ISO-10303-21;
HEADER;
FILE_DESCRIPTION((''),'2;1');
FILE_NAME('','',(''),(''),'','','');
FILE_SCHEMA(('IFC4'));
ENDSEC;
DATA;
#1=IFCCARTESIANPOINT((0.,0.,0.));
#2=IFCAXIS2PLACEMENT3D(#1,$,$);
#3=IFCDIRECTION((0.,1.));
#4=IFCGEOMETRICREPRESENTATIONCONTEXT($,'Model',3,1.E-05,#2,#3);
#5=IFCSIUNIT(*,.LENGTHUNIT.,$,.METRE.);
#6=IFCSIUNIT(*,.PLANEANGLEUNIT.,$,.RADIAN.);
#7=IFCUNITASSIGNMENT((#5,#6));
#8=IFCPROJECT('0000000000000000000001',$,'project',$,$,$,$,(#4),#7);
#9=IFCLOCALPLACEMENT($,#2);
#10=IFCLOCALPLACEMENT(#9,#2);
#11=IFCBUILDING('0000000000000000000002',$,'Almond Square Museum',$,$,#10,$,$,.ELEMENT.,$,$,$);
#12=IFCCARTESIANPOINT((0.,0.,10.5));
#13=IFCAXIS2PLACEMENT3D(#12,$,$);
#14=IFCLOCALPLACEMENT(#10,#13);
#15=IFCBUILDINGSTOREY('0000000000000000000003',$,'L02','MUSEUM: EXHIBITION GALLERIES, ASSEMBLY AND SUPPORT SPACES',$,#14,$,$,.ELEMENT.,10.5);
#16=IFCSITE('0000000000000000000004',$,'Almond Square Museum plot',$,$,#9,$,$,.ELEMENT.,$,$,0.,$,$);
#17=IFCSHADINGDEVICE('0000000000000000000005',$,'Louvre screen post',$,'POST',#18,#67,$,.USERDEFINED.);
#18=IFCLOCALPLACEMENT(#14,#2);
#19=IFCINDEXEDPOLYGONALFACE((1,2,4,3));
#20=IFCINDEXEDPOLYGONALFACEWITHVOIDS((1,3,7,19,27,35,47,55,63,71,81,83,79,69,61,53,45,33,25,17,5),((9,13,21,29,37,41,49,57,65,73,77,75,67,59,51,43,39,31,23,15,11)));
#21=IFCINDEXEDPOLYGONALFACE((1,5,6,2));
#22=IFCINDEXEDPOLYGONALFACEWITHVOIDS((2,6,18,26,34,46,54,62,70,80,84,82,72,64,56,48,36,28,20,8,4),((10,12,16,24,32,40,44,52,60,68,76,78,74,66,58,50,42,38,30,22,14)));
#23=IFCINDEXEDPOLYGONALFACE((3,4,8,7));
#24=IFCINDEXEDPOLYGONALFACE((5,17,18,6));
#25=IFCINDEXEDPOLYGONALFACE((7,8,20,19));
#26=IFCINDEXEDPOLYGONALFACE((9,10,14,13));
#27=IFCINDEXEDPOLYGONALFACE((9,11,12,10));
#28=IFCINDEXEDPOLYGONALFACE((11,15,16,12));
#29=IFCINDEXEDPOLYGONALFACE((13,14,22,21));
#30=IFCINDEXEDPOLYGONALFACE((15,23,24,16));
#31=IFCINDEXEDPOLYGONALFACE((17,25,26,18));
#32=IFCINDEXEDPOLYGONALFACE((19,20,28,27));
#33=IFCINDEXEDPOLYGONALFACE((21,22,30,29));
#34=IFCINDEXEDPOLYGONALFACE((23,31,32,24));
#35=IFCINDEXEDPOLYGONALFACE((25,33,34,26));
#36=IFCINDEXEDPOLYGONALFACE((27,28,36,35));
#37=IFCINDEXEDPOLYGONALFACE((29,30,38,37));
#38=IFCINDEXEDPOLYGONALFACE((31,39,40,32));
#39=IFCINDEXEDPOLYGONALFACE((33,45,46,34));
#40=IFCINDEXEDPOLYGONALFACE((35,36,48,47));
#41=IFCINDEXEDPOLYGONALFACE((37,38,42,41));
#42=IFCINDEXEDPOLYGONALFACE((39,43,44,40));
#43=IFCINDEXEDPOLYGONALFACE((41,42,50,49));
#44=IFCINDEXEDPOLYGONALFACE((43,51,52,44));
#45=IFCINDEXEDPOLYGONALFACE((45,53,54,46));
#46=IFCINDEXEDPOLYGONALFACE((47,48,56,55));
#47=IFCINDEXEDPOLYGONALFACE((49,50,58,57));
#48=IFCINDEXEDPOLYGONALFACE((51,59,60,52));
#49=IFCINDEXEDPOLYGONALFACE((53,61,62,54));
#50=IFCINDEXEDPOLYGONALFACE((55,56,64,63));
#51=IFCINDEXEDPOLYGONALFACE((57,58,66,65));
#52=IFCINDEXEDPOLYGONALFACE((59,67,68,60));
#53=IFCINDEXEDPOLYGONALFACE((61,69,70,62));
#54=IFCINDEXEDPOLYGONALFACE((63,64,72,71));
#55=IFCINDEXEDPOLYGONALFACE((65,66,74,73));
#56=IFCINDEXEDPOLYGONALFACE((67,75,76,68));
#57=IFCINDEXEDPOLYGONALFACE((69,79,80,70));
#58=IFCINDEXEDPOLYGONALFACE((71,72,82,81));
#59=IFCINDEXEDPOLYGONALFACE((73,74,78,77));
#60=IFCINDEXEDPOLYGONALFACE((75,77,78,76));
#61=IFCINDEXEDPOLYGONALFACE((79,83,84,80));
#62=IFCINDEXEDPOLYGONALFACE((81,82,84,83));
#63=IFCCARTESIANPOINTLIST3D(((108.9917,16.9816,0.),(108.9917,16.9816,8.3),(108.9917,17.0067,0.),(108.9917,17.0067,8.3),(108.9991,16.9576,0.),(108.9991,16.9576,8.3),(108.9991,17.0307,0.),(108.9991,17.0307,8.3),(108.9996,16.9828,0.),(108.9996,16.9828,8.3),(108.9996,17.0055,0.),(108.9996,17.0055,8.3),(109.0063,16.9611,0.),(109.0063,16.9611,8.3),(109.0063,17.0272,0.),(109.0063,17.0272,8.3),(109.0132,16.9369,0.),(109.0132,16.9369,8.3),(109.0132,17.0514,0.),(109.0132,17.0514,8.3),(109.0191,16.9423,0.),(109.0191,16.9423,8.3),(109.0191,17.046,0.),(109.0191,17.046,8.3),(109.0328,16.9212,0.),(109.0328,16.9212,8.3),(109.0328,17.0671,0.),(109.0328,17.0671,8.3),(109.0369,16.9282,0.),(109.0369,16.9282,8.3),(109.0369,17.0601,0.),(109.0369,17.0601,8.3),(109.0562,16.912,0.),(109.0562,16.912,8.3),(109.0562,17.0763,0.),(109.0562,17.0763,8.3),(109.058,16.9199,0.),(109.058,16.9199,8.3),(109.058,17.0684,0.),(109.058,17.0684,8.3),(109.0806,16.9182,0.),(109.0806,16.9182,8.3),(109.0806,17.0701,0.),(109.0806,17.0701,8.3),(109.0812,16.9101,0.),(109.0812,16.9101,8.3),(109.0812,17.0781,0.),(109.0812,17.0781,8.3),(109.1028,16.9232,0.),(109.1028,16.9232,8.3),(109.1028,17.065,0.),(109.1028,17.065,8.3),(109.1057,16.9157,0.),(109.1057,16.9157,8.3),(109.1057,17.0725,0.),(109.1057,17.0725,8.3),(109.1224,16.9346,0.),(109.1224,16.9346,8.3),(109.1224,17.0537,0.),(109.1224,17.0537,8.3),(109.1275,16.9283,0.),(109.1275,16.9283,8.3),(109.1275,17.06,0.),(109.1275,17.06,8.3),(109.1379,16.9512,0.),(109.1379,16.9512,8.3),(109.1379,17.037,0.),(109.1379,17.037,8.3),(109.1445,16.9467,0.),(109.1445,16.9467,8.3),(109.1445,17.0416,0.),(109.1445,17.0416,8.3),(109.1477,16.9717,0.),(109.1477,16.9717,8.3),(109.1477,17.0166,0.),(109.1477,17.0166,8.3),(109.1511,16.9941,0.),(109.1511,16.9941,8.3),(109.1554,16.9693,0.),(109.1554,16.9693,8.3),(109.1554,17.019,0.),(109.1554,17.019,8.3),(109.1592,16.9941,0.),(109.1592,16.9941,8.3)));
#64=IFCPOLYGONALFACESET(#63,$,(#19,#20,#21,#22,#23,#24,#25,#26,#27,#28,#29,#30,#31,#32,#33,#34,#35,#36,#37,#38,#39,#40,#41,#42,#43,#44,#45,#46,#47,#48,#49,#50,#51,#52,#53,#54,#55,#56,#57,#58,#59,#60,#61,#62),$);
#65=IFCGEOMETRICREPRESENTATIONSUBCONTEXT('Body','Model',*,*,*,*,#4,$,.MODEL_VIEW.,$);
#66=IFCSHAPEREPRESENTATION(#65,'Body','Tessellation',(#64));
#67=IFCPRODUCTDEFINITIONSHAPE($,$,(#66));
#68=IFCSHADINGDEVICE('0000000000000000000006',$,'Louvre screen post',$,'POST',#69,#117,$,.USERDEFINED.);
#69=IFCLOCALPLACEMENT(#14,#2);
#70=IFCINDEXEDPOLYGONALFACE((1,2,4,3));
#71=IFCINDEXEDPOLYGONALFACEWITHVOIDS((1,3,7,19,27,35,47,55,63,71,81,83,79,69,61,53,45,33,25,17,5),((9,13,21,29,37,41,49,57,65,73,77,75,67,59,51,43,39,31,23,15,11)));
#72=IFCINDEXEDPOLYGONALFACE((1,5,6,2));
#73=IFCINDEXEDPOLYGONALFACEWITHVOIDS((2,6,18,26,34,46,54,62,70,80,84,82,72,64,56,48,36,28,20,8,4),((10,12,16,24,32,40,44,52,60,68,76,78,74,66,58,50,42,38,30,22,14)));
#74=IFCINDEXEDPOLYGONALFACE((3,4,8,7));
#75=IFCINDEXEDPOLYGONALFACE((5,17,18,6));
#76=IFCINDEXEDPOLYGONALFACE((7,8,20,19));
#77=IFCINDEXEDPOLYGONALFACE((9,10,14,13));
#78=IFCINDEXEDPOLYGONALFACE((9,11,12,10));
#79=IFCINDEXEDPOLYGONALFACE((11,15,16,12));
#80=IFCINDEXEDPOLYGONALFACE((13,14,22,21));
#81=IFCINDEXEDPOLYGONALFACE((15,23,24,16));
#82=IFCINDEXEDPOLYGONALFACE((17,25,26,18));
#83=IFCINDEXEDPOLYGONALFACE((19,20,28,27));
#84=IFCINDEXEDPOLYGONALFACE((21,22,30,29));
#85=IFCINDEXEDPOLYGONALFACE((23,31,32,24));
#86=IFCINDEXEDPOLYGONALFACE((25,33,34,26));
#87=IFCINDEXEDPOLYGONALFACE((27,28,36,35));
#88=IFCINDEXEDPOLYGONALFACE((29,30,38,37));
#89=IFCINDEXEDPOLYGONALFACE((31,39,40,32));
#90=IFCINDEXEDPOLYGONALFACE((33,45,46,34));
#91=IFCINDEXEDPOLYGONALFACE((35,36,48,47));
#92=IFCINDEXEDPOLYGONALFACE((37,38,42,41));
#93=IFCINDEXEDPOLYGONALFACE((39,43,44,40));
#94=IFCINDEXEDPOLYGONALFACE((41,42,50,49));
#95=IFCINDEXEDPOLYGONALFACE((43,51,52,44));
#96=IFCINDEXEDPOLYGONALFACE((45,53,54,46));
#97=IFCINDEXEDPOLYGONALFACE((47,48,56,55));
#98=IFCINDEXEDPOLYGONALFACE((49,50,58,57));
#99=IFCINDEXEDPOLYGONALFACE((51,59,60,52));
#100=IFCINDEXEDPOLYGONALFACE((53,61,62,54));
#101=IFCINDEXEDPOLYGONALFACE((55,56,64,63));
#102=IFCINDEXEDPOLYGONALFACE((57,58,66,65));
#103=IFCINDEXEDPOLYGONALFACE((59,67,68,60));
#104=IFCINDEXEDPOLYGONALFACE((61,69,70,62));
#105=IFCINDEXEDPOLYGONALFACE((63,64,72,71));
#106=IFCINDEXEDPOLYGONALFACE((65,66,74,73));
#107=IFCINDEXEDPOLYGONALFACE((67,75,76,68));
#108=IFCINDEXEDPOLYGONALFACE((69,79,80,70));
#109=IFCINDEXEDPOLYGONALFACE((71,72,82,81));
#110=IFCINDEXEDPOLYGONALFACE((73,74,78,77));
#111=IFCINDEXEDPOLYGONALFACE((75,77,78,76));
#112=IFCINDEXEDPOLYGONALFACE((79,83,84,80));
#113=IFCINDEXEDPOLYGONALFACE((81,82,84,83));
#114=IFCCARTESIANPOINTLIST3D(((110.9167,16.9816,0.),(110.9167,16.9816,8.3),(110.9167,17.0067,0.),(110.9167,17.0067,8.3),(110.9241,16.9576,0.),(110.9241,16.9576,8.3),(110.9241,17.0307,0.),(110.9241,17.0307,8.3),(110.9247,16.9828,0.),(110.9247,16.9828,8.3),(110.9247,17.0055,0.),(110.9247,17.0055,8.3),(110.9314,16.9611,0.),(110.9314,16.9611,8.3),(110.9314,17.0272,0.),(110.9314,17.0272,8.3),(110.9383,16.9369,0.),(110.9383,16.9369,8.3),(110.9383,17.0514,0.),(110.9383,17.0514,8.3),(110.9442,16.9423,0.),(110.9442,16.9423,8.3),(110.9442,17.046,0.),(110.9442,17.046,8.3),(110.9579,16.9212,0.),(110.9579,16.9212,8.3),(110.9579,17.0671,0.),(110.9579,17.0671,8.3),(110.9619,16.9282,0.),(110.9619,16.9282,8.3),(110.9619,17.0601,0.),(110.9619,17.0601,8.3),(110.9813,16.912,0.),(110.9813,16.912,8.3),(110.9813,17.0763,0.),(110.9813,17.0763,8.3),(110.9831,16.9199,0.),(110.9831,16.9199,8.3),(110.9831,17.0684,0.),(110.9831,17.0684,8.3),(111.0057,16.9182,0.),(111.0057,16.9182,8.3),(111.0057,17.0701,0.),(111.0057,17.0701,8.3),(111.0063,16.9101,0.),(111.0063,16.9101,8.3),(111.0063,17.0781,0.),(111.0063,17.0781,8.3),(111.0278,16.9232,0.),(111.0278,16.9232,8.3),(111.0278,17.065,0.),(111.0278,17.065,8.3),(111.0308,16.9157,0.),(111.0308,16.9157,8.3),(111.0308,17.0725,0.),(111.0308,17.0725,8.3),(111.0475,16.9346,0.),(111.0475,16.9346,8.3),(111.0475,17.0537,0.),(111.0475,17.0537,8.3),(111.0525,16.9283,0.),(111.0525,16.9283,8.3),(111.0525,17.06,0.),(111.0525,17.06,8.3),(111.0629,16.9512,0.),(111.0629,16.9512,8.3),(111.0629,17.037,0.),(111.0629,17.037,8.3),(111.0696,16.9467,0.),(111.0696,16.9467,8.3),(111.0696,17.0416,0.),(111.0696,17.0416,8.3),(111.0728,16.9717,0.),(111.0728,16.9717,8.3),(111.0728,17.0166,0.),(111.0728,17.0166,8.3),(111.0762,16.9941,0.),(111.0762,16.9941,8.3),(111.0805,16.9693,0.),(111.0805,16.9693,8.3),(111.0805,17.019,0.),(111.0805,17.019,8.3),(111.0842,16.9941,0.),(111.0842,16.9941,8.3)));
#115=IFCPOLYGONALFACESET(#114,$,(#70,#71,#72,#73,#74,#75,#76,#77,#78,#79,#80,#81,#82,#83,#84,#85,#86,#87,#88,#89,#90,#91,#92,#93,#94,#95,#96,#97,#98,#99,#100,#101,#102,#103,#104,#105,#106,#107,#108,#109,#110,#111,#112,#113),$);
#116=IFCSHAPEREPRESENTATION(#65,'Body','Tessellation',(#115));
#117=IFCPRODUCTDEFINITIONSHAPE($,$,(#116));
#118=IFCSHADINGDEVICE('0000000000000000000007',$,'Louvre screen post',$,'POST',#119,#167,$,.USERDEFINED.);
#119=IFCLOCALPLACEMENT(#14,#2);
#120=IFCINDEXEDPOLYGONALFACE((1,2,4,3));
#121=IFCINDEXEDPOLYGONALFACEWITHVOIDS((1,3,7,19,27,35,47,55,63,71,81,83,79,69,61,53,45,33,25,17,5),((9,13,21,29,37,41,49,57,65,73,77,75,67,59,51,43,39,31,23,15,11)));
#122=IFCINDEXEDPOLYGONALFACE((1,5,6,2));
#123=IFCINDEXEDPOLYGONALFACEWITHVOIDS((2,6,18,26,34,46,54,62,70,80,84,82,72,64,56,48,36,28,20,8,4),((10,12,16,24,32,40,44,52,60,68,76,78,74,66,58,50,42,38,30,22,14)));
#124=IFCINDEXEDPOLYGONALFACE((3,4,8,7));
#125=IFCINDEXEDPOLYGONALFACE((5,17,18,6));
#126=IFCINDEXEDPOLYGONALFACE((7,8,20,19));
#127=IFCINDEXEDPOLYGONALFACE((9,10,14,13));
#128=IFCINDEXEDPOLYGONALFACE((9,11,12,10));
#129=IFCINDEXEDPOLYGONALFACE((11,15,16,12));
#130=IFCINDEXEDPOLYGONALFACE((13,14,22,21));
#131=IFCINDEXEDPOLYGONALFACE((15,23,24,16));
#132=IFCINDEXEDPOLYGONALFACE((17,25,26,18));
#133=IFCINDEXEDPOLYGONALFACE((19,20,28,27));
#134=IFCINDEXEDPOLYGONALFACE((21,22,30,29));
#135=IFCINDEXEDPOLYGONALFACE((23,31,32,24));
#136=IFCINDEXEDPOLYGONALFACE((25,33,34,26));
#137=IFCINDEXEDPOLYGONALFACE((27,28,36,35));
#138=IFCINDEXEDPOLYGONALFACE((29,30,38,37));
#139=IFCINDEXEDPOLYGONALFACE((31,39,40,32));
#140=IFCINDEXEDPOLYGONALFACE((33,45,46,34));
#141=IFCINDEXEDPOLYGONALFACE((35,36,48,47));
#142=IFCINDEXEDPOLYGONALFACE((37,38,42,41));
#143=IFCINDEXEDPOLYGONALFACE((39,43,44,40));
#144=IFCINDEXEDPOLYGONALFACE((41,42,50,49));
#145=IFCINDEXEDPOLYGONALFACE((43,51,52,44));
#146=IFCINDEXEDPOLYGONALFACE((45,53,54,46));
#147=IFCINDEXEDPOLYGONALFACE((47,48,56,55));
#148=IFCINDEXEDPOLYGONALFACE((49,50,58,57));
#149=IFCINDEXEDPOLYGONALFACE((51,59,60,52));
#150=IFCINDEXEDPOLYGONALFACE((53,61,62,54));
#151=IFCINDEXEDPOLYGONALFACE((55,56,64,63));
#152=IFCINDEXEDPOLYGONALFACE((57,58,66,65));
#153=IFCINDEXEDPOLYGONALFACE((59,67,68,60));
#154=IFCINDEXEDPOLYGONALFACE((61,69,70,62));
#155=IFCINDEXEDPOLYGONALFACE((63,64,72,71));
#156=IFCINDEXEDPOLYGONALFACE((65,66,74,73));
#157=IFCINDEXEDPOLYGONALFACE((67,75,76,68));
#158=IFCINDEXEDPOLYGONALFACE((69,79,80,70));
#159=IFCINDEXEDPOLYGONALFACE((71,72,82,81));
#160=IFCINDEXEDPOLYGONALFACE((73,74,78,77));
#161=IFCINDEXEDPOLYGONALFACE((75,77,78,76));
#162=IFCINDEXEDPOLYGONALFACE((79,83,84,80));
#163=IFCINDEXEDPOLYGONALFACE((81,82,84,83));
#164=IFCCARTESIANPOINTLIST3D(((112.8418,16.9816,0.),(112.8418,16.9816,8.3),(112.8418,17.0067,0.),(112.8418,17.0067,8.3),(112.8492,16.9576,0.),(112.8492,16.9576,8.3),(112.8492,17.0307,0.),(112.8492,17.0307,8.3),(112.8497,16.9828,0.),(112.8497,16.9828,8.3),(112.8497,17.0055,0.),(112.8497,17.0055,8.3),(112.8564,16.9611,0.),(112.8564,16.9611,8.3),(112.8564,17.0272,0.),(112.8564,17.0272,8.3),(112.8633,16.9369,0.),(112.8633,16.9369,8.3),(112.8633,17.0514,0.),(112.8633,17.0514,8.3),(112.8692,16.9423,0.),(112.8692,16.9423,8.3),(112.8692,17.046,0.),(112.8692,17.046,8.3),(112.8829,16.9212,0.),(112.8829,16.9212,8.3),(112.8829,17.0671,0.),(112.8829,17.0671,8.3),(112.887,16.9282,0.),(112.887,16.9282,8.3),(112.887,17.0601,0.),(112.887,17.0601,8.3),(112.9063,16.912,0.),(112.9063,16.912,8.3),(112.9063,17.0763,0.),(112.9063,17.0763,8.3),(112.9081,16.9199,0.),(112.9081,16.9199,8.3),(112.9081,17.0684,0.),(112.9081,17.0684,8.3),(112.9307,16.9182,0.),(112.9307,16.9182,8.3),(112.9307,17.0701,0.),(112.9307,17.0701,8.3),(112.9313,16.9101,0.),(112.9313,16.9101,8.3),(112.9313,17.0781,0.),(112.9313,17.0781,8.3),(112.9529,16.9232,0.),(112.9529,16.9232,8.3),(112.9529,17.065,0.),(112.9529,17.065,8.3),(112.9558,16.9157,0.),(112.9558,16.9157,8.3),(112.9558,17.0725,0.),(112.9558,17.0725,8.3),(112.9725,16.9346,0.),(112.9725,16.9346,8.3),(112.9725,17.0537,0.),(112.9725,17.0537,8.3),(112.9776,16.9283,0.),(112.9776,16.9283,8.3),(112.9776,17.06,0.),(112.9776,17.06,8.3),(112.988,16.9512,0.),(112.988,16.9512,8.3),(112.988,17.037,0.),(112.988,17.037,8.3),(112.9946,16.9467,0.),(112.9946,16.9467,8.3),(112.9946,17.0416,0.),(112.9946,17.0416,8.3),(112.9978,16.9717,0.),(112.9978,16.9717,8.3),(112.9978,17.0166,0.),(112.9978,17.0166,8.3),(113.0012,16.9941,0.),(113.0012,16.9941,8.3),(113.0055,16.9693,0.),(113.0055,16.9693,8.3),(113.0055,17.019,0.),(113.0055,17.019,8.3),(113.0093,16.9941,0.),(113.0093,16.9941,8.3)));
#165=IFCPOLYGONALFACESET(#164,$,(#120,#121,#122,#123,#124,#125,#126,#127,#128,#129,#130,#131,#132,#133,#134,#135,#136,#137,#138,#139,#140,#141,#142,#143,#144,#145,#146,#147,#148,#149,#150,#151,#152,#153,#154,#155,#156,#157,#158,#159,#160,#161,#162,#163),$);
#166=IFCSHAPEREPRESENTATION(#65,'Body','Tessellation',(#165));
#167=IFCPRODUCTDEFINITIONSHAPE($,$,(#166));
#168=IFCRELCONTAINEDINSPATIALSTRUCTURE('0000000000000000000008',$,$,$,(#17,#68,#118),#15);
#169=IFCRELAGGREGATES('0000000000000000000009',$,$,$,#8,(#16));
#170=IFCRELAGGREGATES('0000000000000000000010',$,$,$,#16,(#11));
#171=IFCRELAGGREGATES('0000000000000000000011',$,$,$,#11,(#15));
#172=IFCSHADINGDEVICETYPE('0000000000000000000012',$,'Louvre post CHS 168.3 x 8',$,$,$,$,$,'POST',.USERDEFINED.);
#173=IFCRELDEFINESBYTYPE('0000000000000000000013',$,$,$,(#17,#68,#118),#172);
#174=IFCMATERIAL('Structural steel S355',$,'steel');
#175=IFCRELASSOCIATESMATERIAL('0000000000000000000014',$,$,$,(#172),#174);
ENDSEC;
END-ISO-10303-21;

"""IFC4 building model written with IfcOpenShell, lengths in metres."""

from ifc_helpers import new_model, si_unit, direction, frame, origin, origin_2d, place, context, subcontext, project, spatial, hollow_circle, extrude, material, material_profile, profile_set, type_object, element, save


model = new_model("IFC4")

# Units and contexts
model_context = context("Model", 3, precision=1e-05, world=origin(), true_north=direction((0.0, 1.0)))
body_context = subcontext(model_context, "Body", "Model", "MODEL_VIEW")
ifc_project = project(units=[si_unit("LENGTHUNIT", "METRE"), si_unit("PLANEANGLEUNIT", "RADIAN")], contexts=[model_context])

# Site, building, storey
site_placement = place(None, origin())
site = spatial("IfcSite", under=ifc_project, at=site_placement, Name="Almond Square Museum plot", CompositionType="ELEMENT", RefElevation=0.0)
building_placement = place(site_placement, origin())
building = spatial("IfcBuilding", under=site, at=building_placement, Name="Almond Square Museum", CompositionType="ELEMENT")
storey_placement = place(building_placement, frame((0.0, 0.0, 10.5)))
storey = spatial("IfcBuildingStorey", under=building, at=storey_placement, Name="L02", Description="MUSEUM: EXHIBITION GALLERIES, ASSEMBLY AND SUPPORT SPACES", CompositionType="ELEMENT", Elevation=10.5)

# Shading devices
ifc_material_1 = material(Name="Structural steel S355", Category="steel")
ifc_material_profile_1 = material_profile(ifc_material_1, hollow_circle(Radius=0.0842, WallThickness=0.0081, at=origin_2d()))
ifc_profile_set_1 = profile_set([ifc_material_profile_1], Name="Structural steel S355")
shading_device_type = type_object("IfcShadingDeviceType", Name="Louvre post CHS 168.3 x 8", ElementType="POST", PredefinedType="USERDEFINED", material=ifc_profile_set_1)
for number, where, z_axis, x_axis, name in (
    (1, (109.075, 16.9941, 0.0), (0.0, 0.0, 1.0), (1.0, 0.0, 0.0), "Louvre screen post"),
    (2, (111.0, 16.9941, 0.0), (0.0, 0.0, 1.0), (1.0, 0.0, 0.0), "Louvre screen post"),
    (3, (112.925, 16.9941, 0.0), (0.0, 0.0, 1.0), (1.0, 0.0, 0.0), "Louvre screen post"),
):
    element("IfcShadingDevice", number, at=place(storey_placement, frame(where, z_axis=z_axis, x_axis=x_axis)), inside=storey, type_object=shading_device_type, Name=name, ObjectType="POST", PredefinedType="USERDEFINED", context=body_context, shape_type="SweptSolid", body=[
        extrude(hollow_circle(Radius=0.0842, WallThickness=0.0081, at=origin_2d()), origin(), (0.0, 0.0, 1.0), 8.3),
    ])

save(model, "model.ifc")
